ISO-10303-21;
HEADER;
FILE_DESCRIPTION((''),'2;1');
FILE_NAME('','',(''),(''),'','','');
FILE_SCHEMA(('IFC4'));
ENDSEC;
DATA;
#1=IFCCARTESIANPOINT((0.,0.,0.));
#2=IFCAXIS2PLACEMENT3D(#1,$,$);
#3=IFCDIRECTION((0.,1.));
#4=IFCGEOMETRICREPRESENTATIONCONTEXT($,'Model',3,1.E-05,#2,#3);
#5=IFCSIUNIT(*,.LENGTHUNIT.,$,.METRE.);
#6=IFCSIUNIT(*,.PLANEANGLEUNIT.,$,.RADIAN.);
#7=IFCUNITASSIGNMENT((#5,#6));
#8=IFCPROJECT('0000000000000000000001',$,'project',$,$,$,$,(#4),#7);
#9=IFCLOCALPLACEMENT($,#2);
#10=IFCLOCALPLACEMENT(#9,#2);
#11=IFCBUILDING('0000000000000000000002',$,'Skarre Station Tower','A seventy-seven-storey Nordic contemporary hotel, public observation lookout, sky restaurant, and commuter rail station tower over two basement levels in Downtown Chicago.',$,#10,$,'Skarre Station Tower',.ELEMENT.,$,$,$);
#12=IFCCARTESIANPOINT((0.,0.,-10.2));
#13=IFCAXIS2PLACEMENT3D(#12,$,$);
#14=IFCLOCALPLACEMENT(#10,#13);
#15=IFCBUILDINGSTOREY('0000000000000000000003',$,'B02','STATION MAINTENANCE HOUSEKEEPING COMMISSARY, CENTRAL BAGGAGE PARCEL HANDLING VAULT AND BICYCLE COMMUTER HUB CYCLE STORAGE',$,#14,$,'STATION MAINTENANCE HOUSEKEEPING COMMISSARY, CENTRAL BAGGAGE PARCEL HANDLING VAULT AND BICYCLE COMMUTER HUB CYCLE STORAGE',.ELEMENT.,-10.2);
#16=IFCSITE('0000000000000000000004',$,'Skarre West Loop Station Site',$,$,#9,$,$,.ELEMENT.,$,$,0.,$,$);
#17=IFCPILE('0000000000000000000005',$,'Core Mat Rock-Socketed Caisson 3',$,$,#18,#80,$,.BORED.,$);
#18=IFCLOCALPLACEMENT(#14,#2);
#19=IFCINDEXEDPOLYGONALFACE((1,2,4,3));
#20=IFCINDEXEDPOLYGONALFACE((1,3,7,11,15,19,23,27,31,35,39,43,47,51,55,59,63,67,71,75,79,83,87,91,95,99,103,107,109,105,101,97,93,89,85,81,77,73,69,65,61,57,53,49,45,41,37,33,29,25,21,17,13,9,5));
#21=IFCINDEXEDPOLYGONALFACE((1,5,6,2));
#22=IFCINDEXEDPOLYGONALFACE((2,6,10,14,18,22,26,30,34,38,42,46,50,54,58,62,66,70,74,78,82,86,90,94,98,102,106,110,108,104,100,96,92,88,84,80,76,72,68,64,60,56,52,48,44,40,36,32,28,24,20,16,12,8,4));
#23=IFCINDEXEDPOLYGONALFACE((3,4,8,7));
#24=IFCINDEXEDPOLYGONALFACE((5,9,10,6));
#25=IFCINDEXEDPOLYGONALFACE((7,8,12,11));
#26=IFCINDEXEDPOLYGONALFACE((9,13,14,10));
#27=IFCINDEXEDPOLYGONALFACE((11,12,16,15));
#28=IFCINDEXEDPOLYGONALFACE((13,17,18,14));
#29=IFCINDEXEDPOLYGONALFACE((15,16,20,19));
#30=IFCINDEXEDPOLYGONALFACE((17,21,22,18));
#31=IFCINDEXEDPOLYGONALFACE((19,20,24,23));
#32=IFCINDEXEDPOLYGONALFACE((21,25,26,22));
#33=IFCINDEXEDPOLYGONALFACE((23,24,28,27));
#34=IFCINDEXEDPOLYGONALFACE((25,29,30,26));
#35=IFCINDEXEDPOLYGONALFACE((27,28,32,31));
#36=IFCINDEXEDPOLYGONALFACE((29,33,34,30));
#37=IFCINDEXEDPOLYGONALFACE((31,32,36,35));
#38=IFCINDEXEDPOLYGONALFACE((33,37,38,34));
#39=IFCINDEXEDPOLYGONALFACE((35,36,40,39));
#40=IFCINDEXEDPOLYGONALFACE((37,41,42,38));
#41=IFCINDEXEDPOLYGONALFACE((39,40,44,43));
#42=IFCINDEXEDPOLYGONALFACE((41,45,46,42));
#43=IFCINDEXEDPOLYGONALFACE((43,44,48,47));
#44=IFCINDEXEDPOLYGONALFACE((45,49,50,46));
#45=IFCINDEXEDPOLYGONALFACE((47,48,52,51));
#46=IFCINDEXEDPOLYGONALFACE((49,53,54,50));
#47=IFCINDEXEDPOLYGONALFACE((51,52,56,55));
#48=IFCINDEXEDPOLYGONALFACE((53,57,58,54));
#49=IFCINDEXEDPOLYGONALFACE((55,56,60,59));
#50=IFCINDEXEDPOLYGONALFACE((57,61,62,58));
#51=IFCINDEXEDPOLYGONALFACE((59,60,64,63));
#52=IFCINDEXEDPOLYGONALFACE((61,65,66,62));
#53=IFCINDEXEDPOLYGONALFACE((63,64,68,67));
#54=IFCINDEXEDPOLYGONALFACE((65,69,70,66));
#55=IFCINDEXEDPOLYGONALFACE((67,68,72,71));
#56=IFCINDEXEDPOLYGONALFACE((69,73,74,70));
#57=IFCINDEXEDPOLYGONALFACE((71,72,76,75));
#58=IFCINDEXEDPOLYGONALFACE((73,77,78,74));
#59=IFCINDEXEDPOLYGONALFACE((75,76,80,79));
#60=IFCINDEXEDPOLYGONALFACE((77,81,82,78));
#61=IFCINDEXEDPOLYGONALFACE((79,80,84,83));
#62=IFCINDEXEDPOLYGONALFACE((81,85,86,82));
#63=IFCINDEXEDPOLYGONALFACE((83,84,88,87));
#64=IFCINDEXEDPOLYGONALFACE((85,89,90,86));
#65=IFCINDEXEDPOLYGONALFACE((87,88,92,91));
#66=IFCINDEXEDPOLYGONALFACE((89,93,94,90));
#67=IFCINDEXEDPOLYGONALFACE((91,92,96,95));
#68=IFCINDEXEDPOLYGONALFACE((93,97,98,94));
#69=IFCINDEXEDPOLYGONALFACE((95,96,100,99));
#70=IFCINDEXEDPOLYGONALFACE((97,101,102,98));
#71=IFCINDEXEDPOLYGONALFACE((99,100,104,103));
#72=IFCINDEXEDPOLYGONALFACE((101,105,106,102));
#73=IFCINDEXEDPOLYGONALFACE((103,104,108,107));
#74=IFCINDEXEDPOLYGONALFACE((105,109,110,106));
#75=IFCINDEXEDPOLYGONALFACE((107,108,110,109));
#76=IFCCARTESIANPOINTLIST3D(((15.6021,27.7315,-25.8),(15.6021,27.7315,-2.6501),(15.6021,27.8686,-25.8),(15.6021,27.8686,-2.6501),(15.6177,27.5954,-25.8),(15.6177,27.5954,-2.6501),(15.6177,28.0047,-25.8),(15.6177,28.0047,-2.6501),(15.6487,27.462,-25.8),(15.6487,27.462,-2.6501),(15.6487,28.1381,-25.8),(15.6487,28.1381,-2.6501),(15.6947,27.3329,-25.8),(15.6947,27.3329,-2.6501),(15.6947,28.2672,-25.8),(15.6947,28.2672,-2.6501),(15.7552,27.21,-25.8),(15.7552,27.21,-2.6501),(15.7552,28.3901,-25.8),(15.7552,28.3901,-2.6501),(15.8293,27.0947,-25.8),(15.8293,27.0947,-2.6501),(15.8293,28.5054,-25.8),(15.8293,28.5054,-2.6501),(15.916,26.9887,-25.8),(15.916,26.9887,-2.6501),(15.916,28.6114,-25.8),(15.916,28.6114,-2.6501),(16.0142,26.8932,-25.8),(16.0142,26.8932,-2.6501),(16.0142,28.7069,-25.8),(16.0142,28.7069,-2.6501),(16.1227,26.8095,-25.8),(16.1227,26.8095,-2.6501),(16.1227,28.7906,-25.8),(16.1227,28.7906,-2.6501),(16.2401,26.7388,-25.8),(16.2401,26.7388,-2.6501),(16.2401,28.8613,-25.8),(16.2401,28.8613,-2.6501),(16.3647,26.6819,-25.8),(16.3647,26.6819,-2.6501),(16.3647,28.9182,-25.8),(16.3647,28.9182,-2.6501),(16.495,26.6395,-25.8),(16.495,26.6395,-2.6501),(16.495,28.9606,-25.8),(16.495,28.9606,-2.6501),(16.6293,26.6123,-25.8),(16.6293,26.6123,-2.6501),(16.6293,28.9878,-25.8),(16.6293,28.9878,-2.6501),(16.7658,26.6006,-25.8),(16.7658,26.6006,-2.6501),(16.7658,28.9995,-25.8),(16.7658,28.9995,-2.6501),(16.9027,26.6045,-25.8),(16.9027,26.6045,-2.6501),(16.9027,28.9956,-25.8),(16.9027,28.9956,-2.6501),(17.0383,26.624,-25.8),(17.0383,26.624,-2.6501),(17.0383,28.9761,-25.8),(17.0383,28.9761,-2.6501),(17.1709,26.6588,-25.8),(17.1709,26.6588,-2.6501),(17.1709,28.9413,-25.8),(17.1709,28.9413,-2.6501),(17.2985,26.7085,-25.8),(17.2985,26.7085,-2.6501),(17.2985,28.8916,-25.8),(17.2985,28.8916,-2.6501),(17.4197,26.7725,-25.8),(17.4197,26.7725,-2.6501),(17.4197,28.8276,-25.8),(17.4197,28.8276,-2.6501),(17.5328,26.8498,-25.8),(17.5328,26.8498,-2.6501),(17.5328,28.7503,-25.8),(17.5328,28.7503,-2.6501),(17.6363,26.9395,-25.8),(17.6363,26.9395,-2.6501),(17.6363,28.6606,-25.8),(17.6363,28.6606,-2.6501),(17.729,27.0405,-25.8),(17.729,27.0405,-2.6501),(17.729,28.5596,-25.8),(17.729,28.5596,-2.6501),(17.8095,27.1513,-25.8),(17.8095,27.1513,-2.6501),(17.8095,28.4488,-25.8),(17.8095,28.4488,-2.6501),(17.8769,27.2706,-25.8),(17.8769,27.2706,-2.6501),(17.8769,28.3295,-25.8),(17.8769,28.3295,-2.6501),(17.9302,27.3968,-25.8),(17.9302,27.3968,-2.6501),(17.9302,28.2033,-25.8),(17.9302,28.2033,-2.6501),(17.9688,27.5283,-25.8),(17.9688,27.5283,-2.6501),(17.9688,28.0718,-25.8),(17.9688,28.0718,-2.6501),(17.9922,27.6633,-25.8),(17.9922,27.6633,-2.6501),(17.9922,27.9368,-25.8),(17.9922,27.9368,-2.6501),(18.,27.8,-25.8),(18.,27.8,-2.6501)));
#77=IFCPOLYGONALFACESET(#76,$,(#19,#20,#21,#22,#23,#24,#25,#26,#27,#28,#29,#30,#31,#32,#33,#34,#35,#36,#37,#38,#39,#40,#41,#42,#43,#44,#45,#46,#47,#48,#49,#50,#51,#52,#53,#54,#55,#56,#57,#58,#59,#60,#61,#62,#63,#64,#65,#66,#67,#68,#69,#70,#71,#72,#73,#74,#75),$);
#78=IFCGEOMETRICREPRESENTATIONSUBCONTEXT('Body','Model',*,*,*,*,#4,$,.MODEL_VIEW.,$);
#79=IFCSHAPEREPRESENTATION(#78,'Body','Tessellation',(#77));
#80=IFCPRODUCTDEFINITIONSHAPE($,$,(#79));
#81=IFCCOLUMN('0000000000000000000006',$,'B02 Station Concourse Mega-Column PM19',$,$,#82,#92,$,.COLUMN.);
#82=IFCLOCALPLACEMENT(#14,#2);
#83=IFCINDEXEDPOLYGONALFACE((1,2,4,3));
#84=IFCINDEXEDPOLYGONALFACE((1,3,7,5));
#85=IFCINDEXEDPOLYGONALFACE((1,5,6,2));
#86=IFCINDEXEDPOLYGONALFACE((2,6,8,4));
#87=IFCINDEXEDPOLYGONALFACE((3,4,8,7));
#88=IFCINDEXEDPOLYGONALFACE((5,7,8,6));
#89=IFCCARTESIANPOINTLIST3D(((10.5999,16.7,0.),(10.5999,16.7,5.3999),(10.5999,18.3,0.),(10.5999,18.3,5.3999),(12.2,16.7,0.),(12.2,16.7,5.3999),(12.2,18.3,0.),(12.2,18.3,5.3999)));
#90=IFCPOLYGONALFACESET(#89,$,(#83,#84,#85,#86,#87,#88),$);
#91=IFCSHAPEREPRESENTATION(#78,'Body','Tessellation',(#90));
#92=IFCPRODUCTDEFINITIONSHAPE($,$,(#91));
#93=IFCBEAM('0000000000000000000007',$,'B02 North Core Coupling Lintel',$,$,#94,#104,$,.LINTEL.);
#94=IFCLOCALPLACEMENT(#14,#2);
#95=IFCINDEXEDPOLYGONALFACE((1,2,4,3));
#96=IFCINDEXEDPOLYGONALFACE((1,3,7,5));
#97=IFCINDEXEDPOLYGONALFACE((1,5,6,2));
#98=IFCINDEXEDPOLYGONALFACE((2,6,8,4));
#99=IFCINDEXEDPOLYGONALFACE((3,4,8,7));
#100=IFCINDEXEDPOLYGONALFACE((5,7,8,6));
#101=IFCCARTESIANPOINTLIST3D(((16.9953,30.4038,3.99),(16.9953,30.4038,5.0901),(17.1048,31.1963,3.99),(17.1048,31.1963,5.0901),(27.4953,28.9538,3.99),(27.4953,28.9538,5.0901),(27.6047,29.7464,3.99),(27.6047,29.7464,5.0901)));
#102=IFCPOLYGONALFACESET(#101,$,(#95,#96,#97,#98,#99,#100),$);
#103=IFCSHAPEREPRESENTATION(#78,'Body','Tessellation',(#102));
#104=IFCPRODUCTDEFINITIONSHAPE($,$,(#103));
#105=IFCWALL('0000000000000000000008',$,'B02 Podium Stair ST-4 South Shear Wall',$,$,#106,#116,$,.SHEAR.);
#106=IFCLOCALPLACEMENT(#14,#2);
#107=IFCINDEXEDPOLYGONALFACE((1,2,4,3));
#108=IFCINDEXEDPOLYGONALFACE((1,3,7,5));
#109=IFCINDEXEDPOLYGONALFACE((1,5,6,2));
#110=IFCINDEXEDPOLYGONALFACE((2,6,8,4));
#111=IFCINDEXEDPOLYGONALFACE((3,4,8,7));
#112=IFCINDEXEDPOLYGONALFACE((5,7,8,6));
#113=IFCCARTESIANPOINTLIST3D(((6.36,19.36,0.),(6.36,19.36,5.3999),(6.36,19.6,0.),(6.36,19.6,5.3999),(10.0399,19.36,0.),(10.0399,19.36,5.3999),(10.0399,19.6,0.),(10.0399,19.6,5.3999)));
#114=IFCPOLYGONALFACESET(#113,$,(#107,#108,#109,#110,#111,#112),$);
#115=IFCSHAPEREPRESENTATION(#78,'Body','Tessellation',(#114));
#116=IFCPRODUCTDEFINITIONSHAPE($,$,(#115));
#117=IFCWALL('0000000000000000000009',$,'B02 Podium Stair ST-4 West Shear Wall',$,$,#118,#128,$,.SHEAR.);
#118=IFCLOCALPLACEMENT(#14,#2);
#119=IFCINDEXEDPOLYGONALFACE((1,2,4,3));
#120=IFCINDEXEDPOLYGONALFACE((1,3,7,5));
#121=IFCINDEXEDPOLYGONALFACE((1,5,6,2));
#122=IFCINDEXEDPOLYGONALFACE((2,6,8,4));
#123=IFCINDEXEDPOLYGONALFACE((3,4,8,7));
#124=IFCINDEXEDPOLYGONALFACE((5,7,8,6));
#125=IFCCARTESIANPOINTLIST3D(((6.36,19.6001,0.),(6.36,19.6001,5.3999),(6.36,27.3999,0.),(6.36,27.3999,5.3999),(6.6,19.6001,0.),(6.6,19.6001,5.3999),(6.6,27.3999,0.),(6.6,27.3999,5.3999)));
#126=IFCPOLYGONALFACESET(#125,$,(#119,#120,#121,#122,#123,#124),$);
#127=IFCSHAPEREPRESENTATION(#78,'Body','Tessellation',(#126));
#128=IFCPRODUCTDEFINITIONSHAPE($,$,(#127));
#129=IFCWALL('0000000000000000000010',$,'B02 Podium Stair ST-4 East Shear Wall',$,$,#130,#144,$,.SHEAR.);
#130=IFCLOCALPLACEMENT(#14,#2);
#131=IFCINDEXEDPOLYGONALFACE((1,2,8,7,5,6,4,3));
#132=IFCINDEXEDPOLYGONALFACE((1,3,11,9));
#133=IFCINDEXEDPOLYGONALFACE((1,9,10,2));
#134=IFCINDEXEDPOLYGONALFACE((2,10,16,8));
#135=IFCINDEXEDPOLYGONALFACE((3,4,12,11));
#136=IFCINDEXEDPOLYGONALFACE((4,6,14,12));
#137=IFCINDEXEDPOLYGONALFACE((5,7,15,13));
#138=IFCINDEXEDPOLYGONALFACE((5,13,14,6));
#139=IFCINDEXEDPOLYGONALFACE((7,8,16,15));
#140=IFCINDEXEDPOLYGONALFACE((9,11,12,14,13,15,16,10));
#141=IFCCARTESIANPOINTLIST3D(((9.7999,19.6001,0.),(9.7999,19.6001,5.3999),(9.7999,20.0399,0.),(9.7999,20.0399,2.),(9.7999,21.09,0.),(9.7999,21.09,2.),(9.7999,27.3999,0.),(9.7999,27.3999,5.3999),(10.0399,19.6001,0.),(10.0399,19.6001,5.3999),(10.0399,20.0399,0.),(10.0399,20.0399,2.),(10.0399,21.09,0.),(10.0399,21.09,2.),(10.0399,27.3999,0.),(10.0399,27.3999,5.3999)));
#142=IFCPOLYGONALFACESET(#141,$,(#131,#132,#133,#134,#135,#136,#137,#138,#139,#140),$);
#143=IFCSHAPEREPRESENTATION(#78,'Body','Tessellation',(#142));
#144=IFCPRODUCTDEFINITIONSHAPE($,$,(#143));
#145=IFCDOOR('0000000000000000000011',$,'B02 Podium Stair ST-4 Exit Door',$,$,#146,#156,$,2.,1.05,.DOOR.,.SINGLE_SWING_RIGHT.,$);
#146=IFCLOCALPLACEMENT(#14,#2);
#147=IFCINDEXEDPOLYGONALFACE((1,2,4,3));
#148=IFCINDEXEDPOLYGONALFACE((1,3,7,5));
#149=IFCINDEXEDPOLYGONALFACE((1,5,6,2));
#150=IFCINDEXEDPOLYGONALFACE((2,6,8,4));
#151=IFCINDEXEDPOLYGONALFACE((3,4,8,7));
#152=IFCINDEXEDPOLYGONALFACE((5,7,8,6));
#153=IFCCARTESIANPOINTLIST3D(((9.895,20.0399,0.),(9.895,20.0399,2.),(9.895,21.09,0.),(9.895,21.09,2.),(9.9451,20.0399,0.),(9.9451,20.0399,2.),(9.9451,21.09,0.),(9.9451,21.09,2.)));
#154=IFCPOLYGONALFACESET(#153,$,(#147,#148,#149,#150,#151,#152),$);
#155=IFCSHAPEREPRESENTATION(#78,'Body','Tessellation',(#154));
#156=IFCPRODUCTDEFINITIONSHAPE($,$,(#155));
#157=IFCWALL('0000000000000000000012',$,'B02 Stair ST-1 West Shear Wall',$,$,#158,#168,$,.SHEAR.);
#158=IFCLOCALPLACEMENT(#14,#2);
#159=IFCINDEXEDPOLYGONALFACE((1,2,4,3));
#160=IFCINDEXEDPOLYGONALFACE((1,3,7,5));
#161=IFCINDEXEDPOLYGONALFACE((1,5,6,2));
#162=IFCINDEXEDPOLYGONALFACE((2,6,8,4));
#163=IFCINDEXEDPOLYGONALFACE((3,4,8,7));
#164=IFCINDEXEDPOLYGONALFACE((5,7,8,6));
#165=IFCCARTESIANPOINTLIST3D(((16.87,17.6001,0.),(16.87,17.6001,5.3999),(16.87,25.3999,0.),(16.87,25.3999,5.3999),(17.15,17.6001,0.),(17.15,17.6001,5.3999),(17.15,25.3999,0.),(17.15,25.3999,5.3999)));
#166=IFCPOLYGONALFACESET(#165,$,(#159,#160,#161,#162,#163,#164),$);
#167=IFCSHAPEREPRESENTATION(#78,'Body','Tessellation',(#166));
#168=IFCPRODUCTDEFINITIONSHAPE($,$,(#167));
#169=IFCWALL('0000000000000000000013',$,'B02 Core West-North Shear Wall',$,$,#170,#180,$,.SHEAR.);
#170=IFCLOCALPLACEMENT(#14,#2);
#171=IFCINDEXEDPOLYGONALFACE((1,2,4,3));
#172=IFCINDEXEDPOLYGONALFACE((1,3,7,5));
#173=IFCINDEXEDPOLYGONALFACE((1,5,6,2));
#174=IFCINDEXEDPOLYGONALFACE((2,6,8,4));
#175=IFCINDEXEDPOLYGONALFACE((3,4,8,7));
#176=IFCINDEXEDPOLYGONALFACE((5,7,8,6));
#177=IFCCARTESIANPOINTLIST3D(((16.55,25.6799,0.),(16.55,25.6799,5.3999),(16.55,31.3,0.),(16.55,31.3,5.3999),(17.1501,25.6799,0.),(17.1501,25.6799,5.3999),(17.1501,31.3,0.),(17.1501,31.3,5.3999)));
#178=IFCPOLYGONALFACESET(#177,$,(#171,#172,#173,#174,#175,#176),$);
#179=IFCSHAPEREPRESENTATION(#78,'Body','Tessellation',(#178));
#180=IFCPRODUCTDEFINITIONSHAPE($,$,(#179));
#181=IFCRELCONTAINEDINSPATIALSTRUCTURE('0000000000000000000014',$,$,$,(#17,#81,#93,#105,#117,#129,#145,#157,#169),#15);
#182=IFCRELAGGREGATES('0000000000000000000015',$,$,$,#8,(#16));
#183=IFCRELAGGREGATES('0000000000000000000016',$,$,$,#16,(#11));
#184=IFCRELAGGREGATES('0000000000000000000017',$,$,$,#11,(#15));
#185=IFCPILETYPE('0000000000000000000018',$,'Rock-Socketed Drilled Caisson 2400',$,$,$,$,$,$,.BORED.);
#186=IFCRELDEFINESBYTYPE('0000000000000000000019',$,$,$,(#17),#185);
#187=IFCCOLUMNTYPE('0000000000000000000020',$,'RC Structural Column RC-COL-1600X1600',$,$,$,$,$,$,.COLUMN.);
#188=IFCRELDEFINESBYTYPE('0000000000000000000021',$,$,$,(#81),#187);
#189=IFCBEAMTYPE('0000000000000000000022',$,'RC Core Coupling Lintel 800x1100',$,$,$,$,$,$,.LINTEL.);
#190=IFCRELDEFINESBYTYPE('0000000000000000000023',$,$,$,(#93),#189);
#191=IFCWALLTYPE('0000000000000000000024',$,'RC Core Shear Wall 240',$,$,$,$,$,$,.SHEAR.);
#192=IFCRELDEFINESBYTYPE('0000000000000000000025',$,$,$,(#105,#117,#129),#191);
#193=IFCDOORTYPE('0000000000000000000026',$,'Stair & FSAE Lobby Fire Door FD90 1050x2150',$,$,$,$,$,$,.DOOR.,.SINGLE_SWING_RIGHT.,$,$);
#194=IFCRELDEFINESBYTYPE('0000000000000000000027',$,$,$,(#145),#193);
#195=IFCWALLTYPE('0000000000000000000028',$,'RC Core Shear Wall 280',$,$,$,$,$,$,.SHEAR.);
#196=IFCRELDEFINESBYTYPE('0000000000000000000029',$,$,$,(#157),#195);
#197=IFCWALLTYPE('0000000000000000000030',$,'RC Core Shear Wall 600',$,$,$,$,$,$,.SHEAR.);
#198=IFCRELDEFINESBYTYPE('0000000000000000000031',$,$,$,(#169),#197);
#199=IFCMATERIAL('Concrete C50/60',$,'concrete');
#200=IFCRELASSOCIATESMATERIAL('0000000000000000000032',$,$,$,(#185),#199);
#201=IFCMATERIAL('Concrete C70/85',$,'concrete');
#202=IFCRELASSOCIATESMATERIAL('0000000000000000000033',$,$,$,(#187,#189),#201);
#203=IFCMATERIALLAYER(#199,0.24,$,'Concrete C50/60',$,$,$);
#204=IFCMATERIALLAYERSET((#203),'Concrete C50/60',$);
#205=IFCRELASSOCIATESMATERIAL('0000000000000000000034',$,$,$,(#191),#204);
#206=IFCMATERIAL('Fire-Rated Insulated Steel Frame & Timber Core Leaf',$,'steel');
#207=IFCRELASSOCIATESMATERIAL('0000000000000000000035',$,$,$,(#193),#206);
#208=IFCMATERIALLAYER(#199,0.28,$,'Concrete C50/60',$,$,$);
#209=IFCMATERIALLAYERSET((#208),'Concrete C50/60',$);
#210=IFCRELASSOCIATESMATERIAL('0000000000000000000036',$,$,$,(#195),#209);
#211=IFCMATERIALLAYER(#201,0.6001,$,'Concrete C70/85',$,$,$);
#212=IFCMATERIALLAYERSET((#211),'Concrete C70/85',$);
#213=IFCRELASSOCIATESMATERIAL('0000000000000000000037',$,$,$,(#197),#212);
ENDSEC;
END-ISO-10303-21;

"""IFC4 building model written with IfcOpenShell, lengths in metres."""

from ifc_helpers import new_model, si_unit, direction, frame, frame_2d, origin, origin_2d, place, context, subcontext, project, spatial, rectangle, circle, extrude, material, layer, layer_set, material_profile, profile_set, type_object, element, fill, save


model = new_model("IFC4")

# Units and contexts
model_context = context("Model", 3, precision=1e-05, world=origin(), true_north=direction((0.0, 1.0)))
body_context = subcontext(model_context, "Body", "Model", "MODEL_VIEW")
ifc_project = project(units=[si_unit("LENGTHUNIT", "METRE"), si_unit("PLANEANGLEUNIT", "RADIAN")], contexts=[model_context])

# Site, building, storey
site_placement = place(None, origin())
site = spatial("IfcSite", under=ifc_project, at=site_placement, Name="Skarre West Loop Station Site", CompositionType="ELEMENT", RefElevation=0.0)
building_placement = place(site_placement, origin())
building = spatial("IfcBuilding", under=site, at=building_placement, Name="Skarre Station Tower", Description="A seventy-seven-storey Nordic contemporary hotel, public observation lookout, sky restaurant, and commuter rail station tower over two basement levels in Downtown Chicago.", LongName="Skarre Station Tower", CompositionType="ELEMENT")
storey_placement = place(building_placement, frame((0.0, 0.0, -10.2)))
storey = spatial("IfcBuildingStorey", under=building, at=storey_placement, Name="B02", Description="STATION MAINTENANCE HOUSEKEEPING COMMISSARY, CENTRAL BAGGAGE PARCEL HANDLING VAULT AND BICYCLE COMMUTER HUB CYCLE STORAGE", LongName="STATION MAINTENANCE HOUSEKEEPING COMMISSARY, CENTRAL BAGGAGE PARCEL HANDLING VAULT AND BICYCLE COMMUTER HUB CYCLE STORAGE", CompositionType="ELEMENT", Elevation=-10.2)

# Shared definitions
ifc_material_1 = material(Name="Concrete C50/60", Category="concrete")

# Pile
ifc_material_profile_1 = material_profile(ifc_material_1, circle(Radius=1.2, at=origin_2d()), Name="Concrete C50/60")
ifc_profile_set_1 = profile_set([ifc_material_profile_1], Name="Concrete C50/60")
pile_type_1 = type_object("IfcPileType", Name="Rock-Socketed Drilled Caisson 2400", PredefinedType="BORED", material=ifc_profile_set_1)
for number, where, z_axis, x_axis, name in (
    (1, (16.8, 27.8, -2.6501), (0.0, 0.0, -1.0), (1.0, 0.0, 0.0), "Core Mat Rock-Socketed Caisson 3"),
):
    element("IfcPile", number, at=place(storey_placement, frame(where, z_axis=z_axis, x_axis=x_axis)), inside=storey, type_object=pile_type_1, Name=name, PredefinedType="BORED", context=body_context, shape_type="SweptSolid", body=[
        extrude(circle(Radius=1.2, at=origin_2d()), origin(), (0.0, 0.0, 1.0), 23.1499),
    ])

# Column
ifc_material_2 = material(Name="Concrete C70/85", Category="concrete")
ifc_material_profile_2 = material_profile(ifc_material_2, rectangle(XDim=1.6001, YDim=1.6001, at=origin_2d()), Name="Concrete C70/85")
ifc_profile_set_2 = profile_set([ifc_material_profile_2], Name="Concrete C70/85")
column_type = type_object("IfcColumnType", Name="RC Structural Column RC-COL-1600X1600", PredefinedType="COLUMN", material=ifc_profile_set_2)
column_placement = place(storey_placement, frame((11.3999, 17.5, 0.0), z_axis=(0.0, 0.0, 1.0), x_axis=(1.0, 0.0, 0.0)))
element("IfcColumn", 2, at=column_placement, inside=storey, type_object=column_type, Name="B02 Station Concourse Mega-Column PM19", PredefinedType="COLUMN", context=body_context, shape_type="SweptSolid", body=[
    extrude(rectangle(XDim=1.6001, YDim=1.6001, at=origin_2d()), origin(), (0.0, 0.0, 1.0), 5.3999),
])

# Beam
ifc_material_profile_3 = material_profile(ifc_material_2, rectangle(XDim=0.8, YDim=1.1001, at=origin_2d()), Name="Concrete C70/85")
ifc_profile_set_3 = profile_set([ifc_material_profile_3], Name="Concrete C70/85")
beam_type = type_object("IfcBeamType", Name="RC Core Coupling Lintel 800x1100", PredefinedType="LINTEL", material=ifc_profile_set_3)
beam_placement = place(storey_placement, frame((17.05, 30.8, 4.54), z_axis=(0.9906, -0.136792, 0.0), x_axis=(0.136792, 0.9906, 0.0)))
element("IfcBeam", 3, at=beam_placement, inside=storey, type_object=beam_type, Name="B02 North Core Coupling Lintel", PredefinedType="LINTEL", context=body_context, shape_type="SweptSolid", body=[
    extrude(rectangle(XDim=0.8, YDim=1.1001, at=origin_2d()), origin(), (0.0, 0.0, 1.0), 10.5996),
])

# Walls
ifc_layer_1 = layer(ifc_material_1, 0.24, Name="Concrete C50/60")
ifc_layer_set_1 = layer_set([ifc_layer_1], Name="Concrete C50/60")
wall_type_1 = type_object("IfcWallType", Name="RC Core Shear Wall 240", PredefinedType="SHEAR", material=ifc_layer_set_1)
for number, where, z_axis, x_axis, name in (
    (4, (6.3601, 19.48, 0.0), (0.0, 0.0, 1.0), (1.0, 0.0, 0.0), "B02 Podium Stair ST-4 South Shear Wall"),
):
    element("IfcWall", number, at=place(storey_placement, frame(where, z_axis=z_axis, x_axis=x_axis)), inside=storey, type_object=wall_type_1, Name=name, PredefinedType="SHEAR", context=body_context, shape_type="SweptSolid", body=[
        extrude(rectangle(XDim=3.6799, YDim=0.24, at=frame_2d((1.8398, 0.0))), origin(), (0.0, 0.0, 1.0), 5.3999),
    ])
wall_1_placement = place(storey_placement, frame((6.48, 27.3999, 0.0), z_axis=(0.0, 0.0, 1.0), x_axis=(0.0, -1.0, 0.0)))
element("IfcWall", 5, at=wall_1_placement, inside=storey, type_object=wall_type_1, Name="B02 Podium Stair ST-4 West Shear Wall", PredefinedType="SHEAR", context=body_context, shape_type="SweptSolid", body=[
    extrude(rectangle(XDim=7.7998, YDim=0.24, at=frame_2d((3.8999, 0.0))), origin(), (0.0, 0.0, 1.0), 5.3999),
])

# Wall, opening, door
wall_2_placement = place(storey_placement, frame((9.9199, 19.6001, 0.0), z_axis=(0.0, 0.0, 1.0), x_axis=(0.0, 1.0, 0.0)))
wall_2 = element("IfcWall", 6, at=wall_2_placement, inside=storey, type_object=wall_type_1, Name="B02 Podium Stair ST-4 East Shear Wall", PredefinedType="SHEAR", context=body_context, shape_type="SweptSolid", body=[
    extrude(rectangle(XDim=7.7998, YDim=0.24, at=frame_2d((3.8999, 0.0))), origin(), (0.0, 0.0, 1.0), 5.3999),
])
opening_placement = place(wall_2_placement, frame((0.4399, 0.0, 0.0)))
opening = element("IfcOpeningElement", 7, at=opening_placement, cuts=wall_2, PredefinedType="OPENING", context=body_context, shape_type="SweptSolid", body=[
    extrude(rectangle(XDim=1.05, YDim=2.0, at=frame_2d((0.5249, 1.0))), frame((0.0, 0.1299, 0.0), z_axis=(0.0, -1.0, 0.0), x_axis=(1.0, 0.0, 0.0)), (0.0, 0.0, 1.0), 0.26),
])
ifc_material_3 = material(Name="Fire-Rated Insulated Steel Frame & Timber Core Leaf", Category="steel")
door_type = type_object("IfcDoorType", Name="Stair & FSAE Lobby Fire Door FD90 1050x2150", OperationType="SINGLE_SWING_RIGHT", PredefinedType="DOOR", material=ifc_material_3)
door_placement = place(opening_placement, origin())
door = element("IfcDoor", 8, at=door_placement, inside=storey, type_object=door_type, Name="B02 Podium Stair ST-4 Exit Door", OperationType="SINGLE_SWING_RIGHT", OverallHeight=2.0, OverallWidth=1.05, PredefinedType="DOOR", context=body_context, shape_type="SweptSolid", body=[
    extrude(rectangle(XDim=1.05, YDim=2.0, at=frame_2d((0.5249, 1.0))), frame((0.0, 0.0249, 0.0), z_axis=(0.0, -1.0, 0.0), x_axis=(1.0, 0.0, 0.0)), (0.0, 0.0, 1.0), 0.05),
])
fill(opening, door)

# Walls
ifc_layer_2 = layer(ifc_material_1, 0.28, Name="Concrete C50/60")
ifc_layer_set_2 = layer_set([ifc_layer_2], Name="Concrete C50/60")
wall_type_2 = type_object("IfcWallType", Name="RC Core Shear Wall 280", PredefinedType="SHEAR", material=ifc_layer_set_2)
wall_3_placement = place(storey_placement, frame((17.01, 25.3999, 0.0), z_axis=(0.0, 0.0, 1.0), x_axis=(0.0, -1.0, 0.0)))
element("IfcWall", 9, at=wall_3_placement, inside=storey, type_object=wall_type_2, Name="B02 Stair ST-1 West Shear Wall", PredefinedType="SHEAR", context=body_context, shape_type="SweptSolid", body=[
    extrude(rectangle(XDim=7.7998, YDim=0.28, at=frame_2d((3.8999, 0.0))), origin(), (0.0, 0.0, 1.0), 5.3999),
])
ifc_layer_3 = layer(ifc_material_2, 0.6001, Name="Concrete C70/85")
ifc_layer_set_3 = layer_set([ifc_layer_3], Name="Concrete C70/85")
wall_type_3 = type_object("IfcWallType", Name="RC Core Shear Wall 600", PredefinedType="SHEAR", material=ifc_layer_set_3)
wall_4_placement = place(storey_placement, frame((16.8501, 25.6799, 0.0), z_axis=(0.0, 0.0, 1.0), x_axis=(0.0, 1.0, 0.0)))
element("IfcWall", 10, at=wall_4_placement, inside=storey, type_object=wall_type_3, Name="B02 Core West-North Shear Wall", PredefinedType="SHEAR", context=body_context, shape_type="SweptSolid", body=[
    extrude(rectangle(XDim=5.6201, YDim=0.6001, at=frame_2d((2.8101, 0.0))), origin(), (0.0, 0.0, 1.0), 5.3999),
])

save(model, "model.ifc")
